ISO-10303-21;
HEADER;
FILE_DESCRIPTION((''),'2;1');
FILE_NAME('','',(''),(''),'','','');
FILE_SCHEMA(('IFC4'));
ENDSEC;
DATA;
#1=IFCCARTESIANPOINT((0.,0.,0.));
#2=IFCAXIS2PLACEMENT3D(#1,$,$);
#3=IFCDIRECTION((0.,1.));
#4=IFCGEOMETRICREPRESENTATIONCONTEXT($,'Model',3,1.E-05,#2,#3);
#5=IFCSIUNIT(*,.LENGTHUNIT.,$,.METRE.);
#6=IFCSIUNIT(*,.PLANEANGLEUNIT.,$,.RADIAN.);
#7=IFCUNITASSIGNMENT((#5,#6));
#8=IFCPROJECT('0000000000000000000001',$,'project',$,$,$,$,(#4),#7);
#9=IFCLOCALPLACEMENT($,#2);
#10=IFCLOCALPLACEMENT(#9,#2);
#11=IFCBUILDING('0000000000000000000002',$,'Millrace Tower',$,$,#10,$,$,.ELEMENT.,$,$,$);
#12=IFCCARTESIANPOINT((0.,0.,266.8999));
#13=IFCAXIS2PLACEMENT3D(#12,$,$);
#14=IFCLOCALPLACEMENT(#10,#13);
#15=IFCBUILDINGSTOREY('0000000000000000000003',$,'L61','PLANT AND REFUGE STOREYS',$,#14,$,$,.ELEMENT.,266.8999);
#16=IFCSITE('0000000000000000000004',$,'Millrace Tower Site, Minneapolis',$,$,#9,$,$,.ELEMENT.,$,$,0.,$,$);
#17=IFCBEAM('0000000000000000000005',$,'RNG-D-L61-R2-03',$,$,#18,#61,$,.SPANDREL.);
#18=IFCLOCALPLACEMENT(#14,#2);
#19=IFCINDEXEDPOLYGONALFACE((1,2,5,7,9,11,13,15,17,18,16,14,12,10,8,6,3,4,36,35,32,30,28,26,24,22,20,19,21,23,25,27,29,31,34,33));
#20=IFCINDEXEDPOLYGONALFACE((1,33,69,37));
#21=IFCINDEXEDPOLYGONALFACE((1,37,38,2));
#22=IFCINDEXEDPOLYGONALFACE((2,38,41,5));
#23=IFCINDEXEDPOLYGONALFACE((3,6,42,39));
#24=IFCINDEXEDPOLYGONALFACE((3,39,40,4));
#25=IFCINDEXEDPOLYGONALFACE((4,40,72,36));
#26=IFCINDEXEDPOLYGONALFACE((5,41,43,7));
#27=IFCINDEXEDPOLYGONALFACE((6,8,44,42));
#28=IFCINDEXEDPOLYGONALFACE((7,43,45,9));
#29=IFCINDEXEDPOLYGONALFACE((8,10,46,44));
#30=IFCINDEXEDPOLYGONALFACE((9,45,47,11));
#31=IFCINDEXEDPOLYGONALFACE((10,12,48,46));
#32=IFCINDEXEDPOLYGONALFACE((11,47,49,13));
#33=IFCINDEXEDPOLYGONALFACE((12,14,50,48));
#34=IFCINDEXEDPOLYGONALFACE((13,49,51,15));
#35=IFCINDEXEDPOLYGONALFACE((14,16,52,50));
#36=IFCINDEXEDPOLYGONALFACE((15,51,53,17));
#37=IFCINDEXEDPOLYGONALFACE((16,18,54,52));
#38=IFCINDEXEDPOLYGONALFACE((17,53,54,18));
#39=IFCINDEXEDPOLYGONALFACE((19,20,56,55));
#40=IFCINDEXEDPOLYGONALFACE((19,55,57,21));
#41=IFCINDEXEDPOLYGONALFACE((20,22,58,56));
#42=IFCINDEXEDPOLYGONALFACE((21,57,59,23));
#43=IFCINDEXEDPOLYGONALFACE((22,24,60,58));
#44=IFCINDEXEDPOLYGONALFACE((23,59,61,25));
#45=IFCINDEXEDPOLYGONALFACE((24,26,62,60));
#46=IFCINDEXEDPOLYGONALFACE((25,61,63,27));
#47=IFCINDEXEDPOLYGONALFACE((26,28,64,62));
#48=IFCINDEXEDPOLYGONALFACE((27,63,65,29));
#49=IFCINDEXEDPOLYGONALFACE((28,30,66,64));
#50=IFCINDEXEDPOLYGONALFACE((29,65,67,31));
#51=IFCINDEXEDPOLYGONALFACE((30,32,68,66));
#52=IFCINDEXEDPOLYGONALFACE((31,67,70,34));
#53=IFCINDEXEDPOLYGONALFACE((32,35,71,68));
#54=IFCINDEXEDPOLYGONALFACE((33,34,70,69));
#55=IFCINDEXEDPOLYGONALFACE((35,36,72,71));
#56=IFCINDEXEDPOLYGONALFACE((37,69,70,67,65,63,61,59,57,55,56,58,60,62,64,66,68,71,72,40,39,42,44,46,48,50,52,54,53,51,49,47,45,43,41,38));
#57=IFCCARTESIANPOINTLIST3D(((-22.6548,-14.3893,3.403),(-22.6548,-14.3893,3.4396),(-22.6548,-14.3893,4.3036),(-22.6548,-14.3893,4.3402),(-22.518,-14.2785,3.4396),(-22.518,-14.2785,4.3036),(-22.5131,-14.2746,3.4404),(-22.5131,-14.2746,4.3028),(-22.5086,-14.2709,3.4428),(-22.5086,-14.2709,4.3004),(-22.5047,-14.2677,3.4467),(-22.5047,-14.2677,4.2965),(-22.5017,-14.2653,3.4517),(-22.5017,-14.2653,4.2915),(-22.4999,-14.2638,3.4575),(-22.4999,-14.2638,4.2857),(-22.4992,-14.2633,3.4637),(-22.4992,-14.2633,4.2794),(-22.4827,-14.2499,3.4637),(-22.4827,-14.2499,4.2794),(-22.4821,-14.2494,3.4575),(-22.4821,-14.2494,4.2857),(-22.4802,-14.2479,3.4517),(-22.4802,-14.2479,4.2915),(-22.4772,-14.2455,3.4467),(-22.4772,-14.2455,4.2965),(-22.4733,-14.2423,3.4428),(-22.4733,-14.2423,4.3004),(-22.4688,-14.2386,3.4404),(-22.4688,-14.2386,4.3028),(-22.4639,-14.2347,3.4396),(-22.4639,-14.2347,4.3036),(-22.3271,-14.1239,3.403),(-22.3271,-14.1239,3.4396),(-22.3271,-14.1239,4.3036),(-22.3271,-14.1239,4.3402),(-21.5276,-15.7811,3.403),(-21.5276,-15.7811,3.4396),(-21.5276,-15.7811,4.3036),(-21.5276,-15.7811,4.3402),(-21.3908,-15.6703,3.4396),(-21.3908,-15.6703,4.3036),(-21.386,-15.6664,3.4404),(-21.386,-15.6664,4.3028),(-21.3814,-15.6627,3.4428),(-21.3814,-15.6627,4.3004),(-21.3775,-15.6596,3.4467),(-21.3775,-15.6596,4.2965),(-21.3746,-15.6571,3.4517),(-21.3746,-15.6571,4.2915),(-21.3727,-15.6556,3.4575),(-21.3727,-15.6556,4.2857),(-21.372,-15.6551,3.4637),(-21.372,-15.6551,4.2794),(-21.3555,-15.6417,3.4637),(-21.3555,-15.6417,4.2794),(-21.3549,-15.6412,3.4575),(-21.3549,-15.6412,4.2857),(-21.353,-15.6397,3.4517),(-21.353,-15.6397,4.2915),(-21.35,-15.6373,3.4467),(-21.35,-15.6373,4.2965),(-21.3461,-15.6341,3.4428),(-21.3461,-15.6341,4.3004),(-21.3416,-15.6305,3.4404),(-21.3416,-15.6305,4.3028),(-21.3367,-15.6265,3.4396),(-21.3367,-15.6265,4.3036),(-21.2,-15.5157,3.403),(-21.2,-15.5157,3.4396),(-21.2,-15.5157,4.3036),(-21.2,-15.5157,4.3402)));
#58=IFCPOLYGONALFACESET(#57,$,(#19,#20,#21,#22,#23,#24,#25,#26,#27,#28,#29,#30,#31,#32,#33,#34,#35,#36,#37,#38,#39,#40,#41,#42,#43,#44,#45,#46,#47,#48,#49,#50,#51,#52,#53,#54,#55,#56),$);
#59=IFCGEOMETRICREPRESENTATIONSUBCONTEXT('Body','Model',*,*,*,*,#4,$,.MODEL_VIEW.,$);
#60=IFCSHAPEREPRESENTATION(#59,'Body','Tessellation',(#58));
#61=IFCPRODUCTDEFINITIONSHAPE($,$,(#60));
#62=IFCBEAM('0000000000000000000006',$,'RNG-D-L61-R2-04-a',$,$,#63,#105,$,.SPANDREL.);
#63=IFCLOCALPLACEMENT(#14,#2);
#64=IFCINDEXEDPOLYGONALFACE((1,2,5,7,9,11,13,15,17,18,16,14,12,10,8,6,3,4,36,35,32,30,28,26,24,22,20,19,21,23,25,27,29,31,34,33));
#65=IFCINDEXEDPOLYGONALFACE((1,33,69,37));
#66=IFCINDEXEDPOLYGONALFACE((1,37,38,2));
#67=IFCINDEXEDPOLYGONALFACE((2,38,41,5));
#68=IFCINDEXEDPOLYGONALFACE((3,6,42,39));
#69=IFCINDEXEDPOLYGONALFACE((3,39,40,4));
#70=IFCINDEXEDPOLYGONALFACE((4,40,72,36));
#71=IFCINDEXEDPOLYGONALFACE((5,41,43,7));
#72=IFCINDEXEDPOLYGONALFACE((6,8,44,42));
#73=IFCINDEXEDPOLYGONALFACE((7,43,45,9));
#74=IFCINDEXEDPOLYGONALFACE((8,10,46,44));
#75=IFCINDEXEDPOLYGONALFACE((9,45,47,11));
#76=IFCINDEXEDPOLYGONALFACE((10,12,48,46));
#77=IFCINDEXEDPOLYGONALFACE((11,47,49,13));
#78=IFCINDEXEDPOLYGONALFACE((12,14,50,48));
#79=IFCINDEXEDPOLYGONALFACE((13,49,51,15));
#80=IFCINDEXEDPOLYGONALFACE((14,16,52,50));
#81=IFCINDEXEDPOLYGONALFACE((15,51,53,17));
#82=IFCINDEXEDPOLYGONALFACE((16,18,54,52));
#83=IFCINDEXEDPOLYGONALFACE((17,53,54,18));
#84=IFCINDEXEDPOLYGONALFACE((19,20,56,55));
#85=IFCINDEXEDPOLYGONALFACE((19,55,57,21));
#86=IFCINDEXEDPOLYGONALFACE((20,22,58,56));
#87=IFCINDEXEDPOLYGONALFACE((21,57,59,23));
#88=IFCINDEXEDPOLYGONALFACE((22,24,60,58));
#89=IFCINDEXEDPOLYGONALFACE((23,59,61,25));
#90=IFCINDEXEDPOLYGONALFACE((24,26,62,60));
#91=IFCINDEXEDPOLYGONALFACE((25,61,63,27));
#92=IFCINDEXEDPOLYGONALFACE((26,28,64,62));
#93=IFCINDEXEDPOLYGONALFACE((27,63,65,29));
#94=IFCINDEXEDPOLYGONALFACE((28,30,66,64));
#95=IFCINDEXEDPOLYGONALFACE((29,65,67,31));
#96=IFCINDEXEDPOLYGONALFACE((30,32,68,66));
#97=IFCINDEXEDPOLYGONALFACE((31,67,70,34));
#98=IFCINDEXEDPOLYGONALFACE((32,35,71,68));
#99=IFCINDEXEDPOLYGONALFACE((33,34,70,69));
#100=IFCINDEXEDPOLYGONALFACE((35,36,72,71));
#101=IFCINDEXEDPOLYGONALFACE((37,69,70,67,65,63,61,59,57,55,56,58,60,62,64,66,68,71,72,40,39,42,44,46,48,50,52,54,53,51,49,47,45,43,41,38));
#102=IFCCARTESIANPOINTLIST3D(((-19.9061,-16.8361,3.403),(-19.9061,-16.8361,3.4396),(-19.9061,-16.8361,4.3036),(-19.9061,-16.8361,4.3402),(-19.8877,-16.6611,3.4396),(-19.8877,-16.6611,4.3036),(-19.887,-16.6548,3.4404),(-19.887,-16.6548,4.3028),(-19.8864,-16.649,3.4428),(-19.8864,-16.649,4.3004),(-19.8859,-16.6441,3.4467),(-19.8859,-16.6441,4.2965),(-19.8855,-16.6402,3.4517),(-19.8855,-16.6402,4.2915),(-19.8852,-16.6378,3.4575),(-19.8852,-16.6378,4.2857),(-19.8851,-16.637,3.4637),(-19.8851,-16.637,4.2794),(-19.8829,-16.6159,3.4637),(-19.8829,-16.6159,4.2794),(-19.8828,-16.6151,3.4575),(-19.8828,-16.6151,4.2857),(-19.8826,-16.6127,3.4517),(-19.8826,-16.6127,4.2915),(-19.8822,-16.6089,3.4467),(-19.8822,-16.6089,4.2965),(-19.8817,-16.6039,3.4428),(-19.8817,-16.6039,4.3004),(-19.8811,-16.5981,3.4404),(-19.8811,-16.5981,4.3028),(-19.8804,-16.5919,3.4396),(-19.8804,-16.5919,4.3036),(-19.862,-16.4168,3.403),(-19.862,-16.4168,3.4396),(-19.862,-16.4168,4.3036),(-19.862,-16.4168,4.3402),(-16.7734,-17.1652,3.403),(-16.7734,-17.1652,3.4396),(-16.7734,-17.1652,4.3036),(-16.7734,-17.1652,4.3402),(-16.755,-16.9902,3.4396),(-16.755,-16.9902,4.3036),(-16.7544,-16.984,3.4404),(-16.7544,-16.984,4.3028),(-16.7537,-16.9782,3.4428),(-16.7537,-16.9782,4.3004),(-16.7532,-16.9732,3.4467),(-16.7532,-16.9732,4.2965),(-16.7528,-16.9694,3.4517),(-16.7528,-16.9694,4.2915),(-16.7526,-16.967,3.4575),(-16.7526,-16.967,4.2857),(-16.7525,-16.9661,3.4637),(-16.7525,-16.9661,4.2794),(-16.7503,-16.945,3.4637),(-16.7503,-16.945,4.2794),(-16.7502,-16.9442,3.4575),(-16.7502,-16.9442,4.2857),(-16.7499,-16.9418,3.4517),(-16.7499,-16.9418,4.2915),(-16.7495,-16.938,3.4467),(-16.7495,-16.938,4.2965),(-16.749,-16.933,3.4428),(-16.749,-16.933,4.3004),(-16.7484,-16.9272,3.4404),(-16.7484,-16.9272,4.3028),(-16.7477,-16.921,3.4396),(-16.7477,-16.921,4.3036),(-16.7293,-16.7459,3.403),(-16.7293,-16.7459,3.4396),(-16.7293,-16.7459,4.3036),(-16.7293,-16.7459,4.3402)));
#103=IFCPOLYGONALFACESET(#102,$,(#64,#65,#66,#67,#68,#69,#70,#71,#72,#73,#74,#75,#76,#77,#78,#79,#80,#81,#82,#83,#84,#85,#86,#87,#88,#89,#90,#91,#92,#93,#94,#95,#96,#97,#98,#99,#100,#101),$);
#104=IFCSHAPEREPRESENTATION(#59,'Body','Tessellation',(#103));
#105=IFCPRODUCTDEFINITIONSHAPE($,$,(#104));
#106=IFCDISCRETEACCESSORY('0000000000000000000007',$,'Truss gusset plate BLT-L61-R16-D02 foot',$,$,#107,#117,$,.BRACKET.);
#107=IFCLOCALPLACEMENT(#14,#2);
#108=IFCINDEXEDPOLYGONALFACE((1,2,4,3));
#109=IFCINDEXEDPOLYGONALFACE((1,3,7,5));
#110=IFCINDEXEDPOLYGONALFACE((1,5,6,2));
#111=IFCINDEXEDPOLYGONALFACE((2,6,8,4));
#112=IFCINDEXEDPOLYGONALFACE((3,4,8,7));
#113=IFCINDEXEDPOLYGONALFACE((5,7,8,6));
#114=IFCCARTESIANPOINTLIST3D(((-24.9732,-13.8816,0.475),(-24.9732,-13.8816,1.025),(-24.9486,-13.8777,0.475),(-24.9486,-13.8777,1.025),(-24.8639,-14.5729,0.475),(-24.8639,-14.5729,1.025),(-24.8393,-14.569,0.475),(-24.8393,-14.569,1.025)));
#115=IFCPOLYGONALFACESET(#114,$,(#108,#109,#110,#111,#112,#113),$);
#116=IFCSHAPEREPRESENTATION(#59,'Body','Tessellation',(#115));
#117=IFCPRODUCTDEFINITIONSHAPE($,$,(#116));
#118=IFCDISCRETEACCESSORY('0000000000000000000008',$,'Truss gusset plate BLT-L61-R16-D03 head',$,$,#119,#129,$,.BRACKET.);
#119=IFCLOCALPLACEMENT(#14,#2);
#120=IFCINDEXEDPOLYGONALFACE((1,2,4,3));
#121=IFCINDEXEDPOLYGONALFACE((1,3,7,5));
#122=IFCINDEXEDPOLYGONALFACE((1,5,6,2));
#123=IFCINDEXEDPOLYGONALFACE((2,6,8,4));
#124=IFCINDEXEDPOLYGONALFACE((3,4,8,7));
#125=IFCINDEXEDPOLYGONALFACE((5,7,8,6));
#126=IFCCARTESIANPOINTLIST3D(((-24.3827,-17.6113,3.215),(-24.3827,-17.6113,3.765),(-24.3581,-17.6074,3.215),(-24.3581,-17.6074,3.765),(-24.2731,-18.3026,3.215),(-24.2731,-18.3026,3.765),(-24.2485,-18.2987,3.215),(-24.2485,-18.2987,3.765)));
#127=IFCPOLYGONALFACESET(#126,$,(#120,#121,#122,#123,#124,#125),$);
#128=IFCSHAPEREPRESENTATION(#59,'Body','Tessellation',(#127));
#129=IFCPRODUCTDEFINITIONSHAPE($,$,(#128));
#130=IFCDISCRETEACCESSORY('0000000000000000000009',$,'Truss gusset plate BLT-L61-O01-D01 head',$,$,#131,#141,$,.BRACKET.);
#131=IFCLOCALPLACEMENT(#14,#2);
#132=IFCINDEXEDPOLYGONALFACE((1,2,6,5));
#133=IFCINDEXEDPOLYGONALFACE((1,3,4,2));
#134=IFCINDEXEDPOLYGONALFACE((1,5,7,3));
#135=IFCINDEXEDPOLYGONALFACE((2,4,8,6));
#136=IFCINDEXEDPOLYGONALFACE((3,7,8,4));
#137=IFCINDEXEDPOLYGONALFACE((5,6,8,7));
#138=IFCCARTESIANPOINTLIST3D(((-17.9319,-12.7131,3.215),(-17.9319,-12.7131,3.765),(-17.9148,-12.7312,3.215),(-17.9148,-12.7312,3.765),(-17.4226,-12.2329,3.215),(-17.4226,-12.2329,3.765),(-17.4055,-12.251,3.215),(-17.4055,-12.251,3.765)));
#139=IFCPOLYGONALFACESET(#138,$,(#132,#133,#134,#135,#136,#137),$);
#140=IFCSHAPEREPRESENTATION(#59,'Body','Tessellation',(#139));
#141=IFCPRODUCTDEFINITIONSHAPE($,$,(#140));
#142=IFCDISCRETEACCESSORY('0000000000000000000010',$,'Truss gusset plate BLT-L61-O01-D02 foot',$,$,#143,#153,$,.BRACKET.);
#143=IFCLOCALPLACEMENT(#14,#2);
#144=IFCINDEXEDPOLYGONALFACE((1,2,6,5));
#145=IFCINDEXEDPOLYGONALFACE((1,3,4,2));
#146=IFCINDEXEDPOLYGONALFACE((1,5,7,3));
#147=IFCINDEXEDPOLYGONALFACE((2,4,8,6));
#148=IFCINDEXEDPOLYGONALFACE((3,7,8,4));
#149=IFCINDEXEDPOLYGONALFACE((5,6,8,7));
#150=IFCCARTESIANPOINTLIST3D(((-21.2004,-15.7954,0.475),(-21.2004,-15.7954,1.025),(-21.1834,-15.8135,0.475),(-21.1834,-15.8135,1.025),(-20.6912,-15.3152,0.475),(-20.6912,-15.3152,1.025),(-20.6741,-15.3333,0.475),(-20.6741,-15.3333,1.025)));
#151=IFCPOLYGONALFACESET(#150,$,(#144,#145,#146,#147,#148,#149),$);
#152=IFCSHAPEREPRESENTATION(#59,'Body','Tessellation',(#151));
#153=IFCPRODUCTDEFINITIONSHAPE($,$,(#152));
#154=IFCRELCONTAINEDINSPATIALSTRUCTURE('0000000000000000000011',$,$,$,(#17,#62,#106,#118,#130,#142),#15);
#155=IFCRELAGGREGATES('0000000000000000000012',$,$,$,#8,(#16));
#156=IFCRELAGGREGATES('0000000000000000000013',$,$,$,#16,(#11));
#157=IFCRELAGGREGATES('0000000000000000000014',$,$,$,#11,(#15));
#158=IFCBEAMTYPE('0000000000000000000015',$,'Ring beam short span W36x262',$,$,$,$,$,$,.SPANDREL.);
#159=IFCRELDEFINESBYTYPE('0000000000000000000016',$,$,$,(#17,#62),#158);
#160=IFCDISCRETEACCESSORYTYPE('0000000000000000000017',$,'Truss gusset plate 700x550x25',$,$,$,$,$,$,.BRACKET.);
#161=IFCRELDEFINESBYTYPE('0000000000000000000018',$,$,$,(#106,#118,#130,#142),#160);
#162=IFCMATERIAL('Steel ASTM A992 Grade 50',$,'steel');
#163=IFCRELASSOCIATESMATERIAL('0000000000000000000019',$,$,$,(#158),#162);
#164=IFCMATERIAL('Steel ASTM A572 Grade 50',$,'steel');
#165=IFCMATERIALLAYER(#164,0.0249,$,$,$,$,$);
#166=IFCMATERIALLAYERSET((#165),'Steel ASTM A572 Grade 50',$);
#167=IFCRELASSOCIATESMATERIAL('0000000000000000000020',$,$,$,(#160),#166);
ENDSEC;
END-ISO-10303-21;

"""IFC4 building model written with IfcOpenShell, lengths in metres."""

from ifc_helpers import new_model, si_unit, direction, frame, origin, origin_2d, place, context, subcontext, project, spatial, rectangle, i_section, extrude, material, layer, layer_set, material_profile, profile_set, type_object, element, save


model = new_model("IFC4")

# Units and contexts
model_context = context("Model", 3, precision=1e-05, world=origin(), true_north=direction((0.0, 1.0)))
body_context = subcontext(model_context, "Body", "Model", "MODEL_VIEW")
ifc_project = project(units=[si_unit("LENGTHUNIT", "METRE"), si_unit("PLANEANGLEUNIT", "RADIAN")], contexts=[model_context])

# Site, building, storey
site_placement = place(None, origin())
site = spatial("IfcSite", under=ifc_project, at=site_placement, Name="Millrace Tower Site, Minneapolis", CompositionType="ELEMENT", RefElevation=0.0)
building_placement = place(site_placement, origin())
building = spatial("IfcBuilding", under=site, at=building_placement, Name="Millrace Tower", CompositionType="ELEMENT")
storey_placement = place(building_placement, frame((0.0, 0.0, 266.8999)))
storey = spatial("IfcBuildingStorey", under=building, at=storey_placement, Name="L61", Description="PLANT AND REFUGE STOREYS", CompositionType="ELEMENT", Elevation=266.8999)

# Beams
ifc_material_1 = material(Name="Steel ASTM A992 Grade 50", Category="steel")
ifc_material_profile_1 = material_profile(ifc_material_1, i_section(OverallWidth=0.4216, OverallDepth=0.9373, WebThickness=0.0212, FlangeThickness=0.0366, FilletRadius=0.0242, at=origin_2d()))
ifc_profile_set_1 = profile_set([ifc_material_profile_1], Name="Steel ASTM A992 Grade 50")
beam_type_1 = type_object("IfcBeamType", Name="Ring beam short span W36x262", PredefinedType="SPANDREL", material=ifc_profile_set_1)
beam_1_placement = place(storey_placement, frame((-22.491, -14.2566, 3.8716), z_axis=(0.629355, -0.777118, 0.0), x_axis=(0.777118, 0.629355, 0.0)))
element("IfcBeam", 1, at=beam_1_placement, inside=storey, type_object=beam_type_1, Name="RNG-D-L61-R2-03", PredefinedType="SPANDREL", context=body_context, shape_type="SweptSolid", body=[
    extrude(i_section(OverallWidth=0.4216, OverallDepth=0.9373, WebThickness=0.0212, FlangeThickness=0.0366, FilletRadius=0.0242, at=origin_2d()), origin(), (0.0, 0.0, 1.0), 1.791),
])
beam_2_placement = place(storey_placement, frame((-19.884, -16.6265, 3.8716), z_axis=(0.994527, -0.104483, 0.0), x_axis=(0.104483, 0.994527, 0.0)))
element("IfcBeam", 2, at=beam_2_placement, inside=storey, type_object=beam_type_1, Name="RNG-D-L61-R2-04-a", PredefinedType="SPANDREL", context=body_context, shape_type="SweptSolid", body=[
    extrude(i_section(OverallWidth=0.4216, OverallDepth=0.9373, WebThickness=0.0212, FlangeThickness=0.0366, FilletRadius=0.0242, at=origin_2d()), origin(), (0.0, 0.0, 1.0), 3.1499),
])

# Discrete accessories
ifc_material_2 = material(Name="Steel ASTM A572 Grade 50", Category="steel")
ifc_layer_1 = layer(ifc_material_2, 0.0249)
ifc_layer_set_1 = layer_set([ifc_layer_1], Name="Steel ASTM A572 Grade 50")
discrete_accessory_type = type_object("IfcDiscreteAccessoryType", Name="Truss gusset plate 700x550x25", PredefinedType="BRACKET", material=ifc_layer_set_1)
for number, where, z_axis, x_axis, name in (
    (3, (-24.9609, -13.8796, 0.75), (0.156249, -0.987718, 0.0), (0.987718, 0.156249, 0.0), "Truss gusset plate BLT-L61-R16-D02 foot"),
    (4, (-24.3704, -17.6094, 3.49), (0.156589, -0.987664, 0.0), (0.987664, 0.156589, 0.0), "Truss gusset plate BLT-L61-R16-D03 head"),
    (5, (-17.9233, -12.7222, 3.49), (0.727555, 0.68605, 0.0), (-0.68605, 0.727555, 0.0), "Truss gusset plate BLT-L61-O01-D01 head"),
    (6, (-21.1919, -15.8044, 0.75), (0.727555, 0.68605, 0.0), (-0.68605, 0.727555, 0.0), "Truss gusset plate BLT-L61-O01-D02 foot"),
):
    element("IfcDiscreteAccessory", number, at=place(storey_placement, frame(where, z_axis=z_axis, x_axis=x_axis)), inside=storey, type_object=discrete_accessory_type, Name=name, PredefinedType="BRACKET", context=body_context, shape_type="SweptSolid", body=[
        extrude(rectangle(XDim=0.0249, YDim=0.55, at=origin_2d()), origin(), (0.0, 0.0, 1.0), 0.7),
    ])

save(model, "model.ifc")
